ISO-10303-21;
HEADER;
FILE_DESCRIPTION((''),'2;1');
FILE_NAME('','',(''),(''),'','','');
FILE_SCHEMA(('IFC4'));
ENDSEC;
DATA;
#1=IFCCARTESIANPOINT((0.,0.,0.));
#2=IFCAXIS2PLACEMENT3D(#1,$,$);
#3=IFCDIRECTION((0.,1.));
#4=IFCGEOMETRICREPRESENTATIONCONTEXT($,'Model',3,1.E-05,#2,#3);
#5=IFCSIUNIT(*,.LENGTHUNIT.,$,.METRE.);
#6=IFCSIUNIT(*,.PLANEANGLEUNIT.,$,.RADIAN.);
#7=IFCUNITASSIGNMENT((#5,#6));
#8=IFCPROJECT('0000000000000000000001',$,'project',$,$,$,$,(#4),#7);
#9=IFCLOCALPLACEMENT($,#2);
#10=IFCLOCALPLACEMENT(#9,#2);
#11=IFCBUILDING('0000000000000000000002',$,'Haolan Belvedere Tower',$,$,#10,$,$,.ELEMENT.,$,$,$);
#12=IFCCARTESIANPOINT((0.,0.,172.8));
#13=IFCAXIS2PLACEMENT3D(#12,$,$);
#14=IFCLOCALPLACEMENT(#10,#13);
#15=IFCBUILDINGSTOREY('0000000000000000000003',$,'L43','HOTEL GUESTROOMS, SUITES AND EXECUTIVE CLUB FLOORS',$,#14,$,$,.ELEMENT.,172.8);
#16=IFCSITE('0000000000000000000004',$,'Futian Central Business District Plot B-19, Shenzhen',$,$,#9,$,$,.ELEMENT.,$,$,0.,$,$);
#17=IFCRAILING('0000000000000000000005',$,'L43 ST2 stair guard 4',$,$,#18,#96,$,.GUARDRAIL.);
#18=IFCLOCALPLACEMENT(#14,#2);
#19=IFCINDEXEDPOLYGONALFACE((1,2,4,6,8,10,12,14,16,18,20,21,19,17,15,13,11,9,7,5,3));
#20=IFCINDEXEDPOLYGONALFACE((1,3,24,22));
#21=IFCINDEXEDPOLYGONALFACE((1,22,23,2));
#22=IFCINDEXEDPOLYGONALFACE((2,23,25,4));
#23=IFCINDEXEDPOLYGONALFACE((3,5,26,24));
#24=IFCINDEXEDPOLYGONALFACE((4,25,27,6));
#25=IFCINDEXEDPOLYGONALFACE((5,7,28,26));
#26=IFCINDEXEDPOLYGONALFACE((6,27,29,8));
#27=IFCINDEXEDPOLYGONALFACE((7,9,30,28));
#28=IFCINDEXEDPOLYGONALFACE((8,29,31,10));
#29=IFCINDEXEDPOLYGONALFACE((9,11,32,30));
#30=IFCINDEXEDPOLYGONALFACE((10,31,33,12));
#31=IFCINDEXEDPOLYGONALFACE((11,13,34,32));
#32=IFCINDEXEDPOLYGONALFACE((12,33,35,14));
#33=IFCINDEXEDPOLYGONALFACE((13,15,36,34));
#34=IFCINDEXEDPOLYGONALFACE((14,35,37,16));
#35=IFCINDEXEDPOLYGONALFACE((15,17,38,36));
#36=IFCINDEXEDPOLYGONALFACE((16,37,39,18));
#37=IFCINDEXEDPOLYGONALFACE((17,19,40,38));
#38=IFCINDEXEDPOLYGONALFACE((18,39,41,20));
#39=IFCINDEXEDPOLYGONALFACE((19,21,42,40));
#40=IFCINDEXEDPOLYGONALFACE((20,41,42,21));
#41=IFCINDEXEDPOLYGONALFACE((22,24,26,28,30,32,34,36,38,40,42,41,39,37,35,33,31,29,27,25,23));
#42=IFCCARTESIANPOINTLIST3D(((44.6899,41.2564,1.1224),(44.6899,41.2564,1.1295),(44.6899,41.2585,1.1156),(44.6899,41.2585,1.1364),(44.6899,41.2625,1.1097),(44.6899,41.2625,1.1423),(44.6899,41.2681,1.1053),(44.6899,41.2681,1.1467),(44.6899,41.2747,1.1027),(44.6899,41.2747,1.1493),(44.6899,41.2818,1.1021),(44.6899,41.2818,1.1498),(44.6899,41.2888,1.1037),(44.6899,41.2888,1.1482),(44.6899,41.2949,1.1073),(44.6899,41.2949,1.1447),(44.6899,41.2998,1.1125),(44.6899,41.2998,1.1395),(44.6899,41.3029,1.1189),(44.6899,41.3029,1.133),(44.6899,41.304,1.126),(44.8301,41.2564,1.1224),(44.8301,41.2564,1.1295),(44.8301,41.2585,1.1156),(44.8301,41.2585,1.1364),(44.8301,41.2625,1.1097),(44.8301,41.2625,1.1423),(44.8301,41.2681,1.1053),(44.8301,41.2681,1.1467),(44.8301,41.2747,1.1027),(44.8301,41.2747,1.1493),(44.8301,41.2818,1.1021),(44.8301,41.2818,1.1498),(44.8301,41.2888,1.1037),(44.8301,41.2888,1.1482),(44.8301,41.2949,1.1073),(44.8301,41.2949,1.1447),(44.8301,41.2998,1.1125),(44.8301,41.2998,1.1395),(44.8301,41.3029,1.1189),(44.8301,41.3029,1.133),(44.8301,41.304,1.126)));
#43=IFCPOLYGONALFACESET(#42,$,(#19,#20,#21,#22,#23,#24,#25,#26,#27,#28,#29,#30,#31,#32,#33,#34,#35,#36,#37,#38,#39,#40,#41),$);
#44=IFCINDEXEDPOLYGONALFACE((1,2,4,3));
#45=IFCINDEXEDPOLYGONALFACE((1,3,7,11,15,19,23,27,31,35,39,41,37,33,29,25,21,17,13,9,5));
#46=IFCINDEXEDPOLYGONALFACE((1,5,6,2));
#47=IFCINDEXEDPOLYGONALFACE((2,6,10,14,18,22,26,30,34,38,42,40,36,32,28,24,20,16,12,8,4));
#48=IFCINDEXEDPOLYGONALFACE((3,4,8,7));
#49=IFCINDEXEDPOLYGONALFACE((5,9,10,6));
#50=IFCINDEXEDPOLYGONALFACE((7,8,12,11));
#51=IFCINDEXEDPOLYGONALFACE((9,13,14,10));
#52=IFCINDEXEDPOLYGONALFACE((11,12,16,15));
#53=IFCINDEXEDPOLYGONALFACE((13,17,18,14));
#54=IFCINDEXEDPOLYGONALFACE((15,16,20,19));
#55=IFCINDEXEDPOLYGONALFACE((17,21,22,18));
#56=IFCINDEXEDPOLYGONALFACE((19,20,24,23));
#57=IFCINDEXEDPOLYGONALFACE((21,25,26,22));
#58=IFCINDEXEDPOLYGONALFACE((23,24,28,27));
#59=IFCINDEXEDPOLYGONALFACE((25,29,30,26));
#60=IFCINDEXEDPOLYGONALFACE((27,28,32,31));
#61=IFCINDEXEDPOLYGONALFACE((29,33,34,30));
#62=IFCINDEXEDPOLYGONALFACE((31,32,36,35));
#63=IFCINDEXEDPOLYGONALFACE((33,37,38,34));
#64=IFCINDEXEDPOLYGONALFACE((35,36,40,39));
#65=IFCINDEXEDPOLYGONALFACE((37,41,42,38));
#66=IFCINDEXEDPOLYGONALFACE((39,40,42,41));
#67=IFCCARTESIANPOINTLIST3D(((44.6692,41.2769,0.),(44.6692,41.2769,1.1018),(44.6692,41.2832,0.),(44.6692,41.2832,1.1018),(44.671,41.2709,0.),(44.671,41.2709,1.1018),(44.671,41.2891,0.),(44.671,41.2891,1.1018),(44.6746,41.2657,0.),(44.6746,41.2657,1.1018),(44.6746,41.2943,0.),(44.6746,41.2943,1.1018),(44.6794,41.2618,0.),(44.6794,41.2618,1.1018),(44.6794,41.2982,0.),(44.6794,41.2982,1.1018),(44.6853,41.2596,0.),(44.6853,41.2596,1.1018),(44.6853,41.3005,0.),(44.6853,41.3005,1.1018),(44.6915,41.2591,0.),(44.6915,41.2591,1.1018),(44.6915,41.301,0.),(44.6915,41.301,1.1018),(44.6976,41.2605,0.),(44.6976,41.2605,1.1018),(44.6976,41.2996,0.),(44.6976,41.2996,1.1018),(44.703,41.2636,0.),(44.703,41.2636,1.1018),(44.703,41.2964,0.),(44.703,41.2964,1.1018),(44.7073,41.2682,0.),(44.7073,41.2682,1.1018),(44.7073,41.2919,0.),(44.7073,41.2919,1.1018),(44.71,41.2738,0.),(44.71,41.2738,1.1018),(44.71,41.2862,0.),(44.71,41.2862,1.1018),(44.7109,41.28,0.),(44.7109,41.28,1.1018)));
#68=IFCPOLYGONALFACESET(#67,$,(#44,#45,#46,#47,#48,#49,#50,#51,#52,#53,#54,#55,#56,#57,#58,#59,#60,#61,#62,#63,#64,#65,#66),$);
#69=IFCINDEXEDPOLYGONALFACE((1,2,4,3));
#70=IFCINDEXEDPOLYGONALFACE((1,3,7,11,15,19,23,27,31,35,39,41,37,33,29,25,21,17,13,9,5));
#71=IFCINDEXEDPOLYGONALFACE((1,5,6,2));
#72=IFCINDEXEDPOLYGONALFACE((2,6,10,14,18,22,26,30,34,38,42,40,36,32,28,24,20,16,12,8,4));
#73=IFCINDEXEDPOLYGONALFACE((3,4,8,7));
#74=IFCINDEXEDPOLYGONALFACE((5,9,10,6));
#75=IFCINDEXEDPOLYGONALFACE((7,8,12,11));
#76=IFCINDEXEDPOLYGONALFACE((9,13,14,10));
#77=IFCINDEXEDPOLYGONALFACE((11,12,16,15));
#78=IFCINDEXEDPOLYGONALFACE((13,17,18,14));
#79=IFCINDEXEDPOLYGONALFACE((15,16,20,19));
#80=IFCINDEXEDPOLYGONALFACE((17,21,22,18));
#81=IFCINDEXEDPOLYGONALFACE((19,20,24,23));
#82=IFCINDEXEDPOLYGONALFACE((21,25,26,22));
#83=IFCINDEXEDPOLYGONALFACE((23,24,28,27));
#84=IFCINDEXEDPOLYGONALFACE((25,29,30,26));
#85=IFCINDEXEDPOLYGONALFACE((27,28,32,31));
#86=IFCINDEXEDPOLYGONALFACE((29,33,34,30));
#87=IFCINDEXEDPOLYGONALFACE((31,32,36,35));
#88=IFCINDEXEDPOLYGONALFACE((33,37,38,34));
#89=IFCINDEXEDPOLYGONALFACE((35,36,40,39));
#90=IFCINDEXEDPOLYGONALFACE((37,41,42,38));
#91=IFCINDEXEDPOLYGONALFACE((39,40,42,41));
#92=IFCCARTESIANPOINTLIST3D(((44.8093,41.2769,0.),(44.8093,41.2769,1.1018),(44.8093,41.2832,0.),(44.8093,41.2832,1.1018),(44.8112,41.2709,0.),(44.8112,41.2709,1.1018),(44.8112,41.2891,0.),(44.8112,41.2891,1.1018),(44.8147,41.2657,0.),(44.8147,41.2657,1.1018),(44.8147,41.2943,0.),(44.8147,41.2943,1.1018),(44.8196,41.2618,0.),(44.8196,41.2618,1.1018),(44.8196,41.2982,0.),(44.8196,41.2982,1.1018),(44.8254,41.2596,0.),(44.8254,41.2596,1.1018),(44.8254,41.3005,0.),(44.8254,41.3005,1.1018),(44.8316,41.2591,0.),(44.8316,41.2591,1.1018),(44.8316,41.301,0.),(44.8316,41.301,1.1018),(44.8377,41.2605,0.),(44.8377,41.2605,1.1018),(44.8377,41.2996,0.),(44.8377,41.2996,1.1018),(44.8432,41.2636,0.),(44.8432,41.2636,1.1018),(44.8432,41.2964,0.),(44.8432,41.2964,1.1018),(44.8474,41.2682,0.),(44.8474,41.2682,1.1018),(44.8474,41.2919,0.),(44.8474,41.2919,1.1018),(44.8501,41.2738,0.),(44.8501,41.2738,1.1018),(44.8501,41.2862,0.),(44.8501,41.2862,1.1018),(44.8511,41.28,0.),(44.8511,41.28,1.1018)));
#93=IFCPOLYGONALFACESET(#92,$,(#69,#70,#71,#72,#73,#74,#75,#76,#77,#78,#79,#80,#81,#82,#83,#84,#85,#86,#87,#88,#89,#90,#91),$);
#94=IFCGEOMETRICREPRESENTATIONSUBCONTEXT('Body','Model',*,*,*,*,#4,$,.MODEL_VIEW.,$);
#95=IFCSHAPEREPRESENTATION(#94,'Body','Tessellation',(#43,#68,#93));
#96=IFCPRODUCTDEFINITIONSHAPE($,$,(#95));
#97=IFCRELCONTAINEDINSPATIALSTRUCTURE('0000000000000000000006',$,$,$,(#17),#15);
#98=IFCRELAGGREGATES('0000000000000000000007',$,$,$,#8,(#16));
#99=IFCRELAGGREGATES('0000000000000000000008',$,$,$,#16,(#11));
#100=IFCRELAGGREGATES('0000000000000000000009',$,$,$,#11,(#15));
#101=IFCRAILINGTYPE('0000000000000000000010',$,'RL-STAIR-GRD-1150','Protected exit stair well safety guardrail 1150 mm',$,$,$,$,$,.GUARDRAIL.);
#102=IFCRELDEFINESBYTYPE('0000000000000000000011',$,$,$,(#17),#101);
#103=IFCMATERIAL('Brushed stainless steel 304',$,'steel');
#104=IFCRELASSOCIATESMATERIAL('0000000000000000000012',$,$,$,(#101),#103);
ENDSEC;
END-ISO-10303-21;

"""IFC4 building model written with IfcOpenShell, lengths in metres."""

from ifc_helpers import new_model, si_unit, direction, frame, origin, origin_2d, place, context, subcontext, project, spatial, circle, extrude, material, type_object, element, save


model = new_model("IFC4")

# Units and contexts
model_context = context("Model", 3, precision=1e-05, world=origin(), true_north=direction((0.0, 1.0)))
body_context = subcontext(model_context, "Body", "Model", "MODEL_VIEW")
ifc_project = project(units=[si_unit("LENGTHUNIT", "METRE"), si_unit("PLANEANGLEUNIT", "RADIAN")], contexts=[model_context])

# Site, building, storey
site_placement = place(None, origin())
site = spatial("IfcSite", under=ifc_project, at=site_placement, Name="Futian Central Business District Plot B-19, Shenzhen", CompositionType="ELEMENT", RefElevation=0.0)
building_placement = place(site_placement, origin())
building = spatial("IfcBuilding", under=site, at=building_placement, Name="Haolan Belvedere Tower", CompositionType="ELEMENT")
storey_placement = place(building_placement, frame((0.0, 0.0, 172.8)))
storey = spatial("IfcBuildingStorey", under=building, at=storey_placement, Name="L43", Description="HOTEL GUESTROOMS, SUITES AND EXECUTIVE CLUB FLOORS", CompositionType="ELEMENT", Elevation=172.8)

# Railing
ifc_material_1 = material(Name="Brushed stainless steel 304", Category="steel")
railing_type_1 = type_object("IfcRailingType", Name="RL-STAIR-GRD-1150", Description="Protected exit stair well safety guardrail 1150 mm", PredefinedType="GUARDRAIL", material=ifc_material_1)
railing_1_placement = place(storey_placement, frame((44.6899, 41.28, 0.0)))
element("IfcRailing", 1, at=railing_1_placement, inside=storey, type_object=railing_type_1, Name="L43 ST2 stair guard 4", PredefinedType="GUARDRAIL", context=body_context, shape_type="SweptSolid", body=[
    extrude(circle(Radius=0.0239, at=origin_2d()), frame((0.0, 0.0, 1.126), z_axis=(1.0, 0.0, 0.0), x_axis=(0.0, 1.0, 0.0)), (0.0, 0.0, 1.0), 0.1401),
    extrude(circle(Radius=0.021, at=origin_2d()), origin(), (0.0, 0.0, 1.0), 1.1018),
    extrude(circle(Radius=0.021, at=origin_2d()), frame((0.1401, 0.0, 0.0)), (0.0, 0.0, 1.0), 1.1018),
])

save(model, "model.ifc")
